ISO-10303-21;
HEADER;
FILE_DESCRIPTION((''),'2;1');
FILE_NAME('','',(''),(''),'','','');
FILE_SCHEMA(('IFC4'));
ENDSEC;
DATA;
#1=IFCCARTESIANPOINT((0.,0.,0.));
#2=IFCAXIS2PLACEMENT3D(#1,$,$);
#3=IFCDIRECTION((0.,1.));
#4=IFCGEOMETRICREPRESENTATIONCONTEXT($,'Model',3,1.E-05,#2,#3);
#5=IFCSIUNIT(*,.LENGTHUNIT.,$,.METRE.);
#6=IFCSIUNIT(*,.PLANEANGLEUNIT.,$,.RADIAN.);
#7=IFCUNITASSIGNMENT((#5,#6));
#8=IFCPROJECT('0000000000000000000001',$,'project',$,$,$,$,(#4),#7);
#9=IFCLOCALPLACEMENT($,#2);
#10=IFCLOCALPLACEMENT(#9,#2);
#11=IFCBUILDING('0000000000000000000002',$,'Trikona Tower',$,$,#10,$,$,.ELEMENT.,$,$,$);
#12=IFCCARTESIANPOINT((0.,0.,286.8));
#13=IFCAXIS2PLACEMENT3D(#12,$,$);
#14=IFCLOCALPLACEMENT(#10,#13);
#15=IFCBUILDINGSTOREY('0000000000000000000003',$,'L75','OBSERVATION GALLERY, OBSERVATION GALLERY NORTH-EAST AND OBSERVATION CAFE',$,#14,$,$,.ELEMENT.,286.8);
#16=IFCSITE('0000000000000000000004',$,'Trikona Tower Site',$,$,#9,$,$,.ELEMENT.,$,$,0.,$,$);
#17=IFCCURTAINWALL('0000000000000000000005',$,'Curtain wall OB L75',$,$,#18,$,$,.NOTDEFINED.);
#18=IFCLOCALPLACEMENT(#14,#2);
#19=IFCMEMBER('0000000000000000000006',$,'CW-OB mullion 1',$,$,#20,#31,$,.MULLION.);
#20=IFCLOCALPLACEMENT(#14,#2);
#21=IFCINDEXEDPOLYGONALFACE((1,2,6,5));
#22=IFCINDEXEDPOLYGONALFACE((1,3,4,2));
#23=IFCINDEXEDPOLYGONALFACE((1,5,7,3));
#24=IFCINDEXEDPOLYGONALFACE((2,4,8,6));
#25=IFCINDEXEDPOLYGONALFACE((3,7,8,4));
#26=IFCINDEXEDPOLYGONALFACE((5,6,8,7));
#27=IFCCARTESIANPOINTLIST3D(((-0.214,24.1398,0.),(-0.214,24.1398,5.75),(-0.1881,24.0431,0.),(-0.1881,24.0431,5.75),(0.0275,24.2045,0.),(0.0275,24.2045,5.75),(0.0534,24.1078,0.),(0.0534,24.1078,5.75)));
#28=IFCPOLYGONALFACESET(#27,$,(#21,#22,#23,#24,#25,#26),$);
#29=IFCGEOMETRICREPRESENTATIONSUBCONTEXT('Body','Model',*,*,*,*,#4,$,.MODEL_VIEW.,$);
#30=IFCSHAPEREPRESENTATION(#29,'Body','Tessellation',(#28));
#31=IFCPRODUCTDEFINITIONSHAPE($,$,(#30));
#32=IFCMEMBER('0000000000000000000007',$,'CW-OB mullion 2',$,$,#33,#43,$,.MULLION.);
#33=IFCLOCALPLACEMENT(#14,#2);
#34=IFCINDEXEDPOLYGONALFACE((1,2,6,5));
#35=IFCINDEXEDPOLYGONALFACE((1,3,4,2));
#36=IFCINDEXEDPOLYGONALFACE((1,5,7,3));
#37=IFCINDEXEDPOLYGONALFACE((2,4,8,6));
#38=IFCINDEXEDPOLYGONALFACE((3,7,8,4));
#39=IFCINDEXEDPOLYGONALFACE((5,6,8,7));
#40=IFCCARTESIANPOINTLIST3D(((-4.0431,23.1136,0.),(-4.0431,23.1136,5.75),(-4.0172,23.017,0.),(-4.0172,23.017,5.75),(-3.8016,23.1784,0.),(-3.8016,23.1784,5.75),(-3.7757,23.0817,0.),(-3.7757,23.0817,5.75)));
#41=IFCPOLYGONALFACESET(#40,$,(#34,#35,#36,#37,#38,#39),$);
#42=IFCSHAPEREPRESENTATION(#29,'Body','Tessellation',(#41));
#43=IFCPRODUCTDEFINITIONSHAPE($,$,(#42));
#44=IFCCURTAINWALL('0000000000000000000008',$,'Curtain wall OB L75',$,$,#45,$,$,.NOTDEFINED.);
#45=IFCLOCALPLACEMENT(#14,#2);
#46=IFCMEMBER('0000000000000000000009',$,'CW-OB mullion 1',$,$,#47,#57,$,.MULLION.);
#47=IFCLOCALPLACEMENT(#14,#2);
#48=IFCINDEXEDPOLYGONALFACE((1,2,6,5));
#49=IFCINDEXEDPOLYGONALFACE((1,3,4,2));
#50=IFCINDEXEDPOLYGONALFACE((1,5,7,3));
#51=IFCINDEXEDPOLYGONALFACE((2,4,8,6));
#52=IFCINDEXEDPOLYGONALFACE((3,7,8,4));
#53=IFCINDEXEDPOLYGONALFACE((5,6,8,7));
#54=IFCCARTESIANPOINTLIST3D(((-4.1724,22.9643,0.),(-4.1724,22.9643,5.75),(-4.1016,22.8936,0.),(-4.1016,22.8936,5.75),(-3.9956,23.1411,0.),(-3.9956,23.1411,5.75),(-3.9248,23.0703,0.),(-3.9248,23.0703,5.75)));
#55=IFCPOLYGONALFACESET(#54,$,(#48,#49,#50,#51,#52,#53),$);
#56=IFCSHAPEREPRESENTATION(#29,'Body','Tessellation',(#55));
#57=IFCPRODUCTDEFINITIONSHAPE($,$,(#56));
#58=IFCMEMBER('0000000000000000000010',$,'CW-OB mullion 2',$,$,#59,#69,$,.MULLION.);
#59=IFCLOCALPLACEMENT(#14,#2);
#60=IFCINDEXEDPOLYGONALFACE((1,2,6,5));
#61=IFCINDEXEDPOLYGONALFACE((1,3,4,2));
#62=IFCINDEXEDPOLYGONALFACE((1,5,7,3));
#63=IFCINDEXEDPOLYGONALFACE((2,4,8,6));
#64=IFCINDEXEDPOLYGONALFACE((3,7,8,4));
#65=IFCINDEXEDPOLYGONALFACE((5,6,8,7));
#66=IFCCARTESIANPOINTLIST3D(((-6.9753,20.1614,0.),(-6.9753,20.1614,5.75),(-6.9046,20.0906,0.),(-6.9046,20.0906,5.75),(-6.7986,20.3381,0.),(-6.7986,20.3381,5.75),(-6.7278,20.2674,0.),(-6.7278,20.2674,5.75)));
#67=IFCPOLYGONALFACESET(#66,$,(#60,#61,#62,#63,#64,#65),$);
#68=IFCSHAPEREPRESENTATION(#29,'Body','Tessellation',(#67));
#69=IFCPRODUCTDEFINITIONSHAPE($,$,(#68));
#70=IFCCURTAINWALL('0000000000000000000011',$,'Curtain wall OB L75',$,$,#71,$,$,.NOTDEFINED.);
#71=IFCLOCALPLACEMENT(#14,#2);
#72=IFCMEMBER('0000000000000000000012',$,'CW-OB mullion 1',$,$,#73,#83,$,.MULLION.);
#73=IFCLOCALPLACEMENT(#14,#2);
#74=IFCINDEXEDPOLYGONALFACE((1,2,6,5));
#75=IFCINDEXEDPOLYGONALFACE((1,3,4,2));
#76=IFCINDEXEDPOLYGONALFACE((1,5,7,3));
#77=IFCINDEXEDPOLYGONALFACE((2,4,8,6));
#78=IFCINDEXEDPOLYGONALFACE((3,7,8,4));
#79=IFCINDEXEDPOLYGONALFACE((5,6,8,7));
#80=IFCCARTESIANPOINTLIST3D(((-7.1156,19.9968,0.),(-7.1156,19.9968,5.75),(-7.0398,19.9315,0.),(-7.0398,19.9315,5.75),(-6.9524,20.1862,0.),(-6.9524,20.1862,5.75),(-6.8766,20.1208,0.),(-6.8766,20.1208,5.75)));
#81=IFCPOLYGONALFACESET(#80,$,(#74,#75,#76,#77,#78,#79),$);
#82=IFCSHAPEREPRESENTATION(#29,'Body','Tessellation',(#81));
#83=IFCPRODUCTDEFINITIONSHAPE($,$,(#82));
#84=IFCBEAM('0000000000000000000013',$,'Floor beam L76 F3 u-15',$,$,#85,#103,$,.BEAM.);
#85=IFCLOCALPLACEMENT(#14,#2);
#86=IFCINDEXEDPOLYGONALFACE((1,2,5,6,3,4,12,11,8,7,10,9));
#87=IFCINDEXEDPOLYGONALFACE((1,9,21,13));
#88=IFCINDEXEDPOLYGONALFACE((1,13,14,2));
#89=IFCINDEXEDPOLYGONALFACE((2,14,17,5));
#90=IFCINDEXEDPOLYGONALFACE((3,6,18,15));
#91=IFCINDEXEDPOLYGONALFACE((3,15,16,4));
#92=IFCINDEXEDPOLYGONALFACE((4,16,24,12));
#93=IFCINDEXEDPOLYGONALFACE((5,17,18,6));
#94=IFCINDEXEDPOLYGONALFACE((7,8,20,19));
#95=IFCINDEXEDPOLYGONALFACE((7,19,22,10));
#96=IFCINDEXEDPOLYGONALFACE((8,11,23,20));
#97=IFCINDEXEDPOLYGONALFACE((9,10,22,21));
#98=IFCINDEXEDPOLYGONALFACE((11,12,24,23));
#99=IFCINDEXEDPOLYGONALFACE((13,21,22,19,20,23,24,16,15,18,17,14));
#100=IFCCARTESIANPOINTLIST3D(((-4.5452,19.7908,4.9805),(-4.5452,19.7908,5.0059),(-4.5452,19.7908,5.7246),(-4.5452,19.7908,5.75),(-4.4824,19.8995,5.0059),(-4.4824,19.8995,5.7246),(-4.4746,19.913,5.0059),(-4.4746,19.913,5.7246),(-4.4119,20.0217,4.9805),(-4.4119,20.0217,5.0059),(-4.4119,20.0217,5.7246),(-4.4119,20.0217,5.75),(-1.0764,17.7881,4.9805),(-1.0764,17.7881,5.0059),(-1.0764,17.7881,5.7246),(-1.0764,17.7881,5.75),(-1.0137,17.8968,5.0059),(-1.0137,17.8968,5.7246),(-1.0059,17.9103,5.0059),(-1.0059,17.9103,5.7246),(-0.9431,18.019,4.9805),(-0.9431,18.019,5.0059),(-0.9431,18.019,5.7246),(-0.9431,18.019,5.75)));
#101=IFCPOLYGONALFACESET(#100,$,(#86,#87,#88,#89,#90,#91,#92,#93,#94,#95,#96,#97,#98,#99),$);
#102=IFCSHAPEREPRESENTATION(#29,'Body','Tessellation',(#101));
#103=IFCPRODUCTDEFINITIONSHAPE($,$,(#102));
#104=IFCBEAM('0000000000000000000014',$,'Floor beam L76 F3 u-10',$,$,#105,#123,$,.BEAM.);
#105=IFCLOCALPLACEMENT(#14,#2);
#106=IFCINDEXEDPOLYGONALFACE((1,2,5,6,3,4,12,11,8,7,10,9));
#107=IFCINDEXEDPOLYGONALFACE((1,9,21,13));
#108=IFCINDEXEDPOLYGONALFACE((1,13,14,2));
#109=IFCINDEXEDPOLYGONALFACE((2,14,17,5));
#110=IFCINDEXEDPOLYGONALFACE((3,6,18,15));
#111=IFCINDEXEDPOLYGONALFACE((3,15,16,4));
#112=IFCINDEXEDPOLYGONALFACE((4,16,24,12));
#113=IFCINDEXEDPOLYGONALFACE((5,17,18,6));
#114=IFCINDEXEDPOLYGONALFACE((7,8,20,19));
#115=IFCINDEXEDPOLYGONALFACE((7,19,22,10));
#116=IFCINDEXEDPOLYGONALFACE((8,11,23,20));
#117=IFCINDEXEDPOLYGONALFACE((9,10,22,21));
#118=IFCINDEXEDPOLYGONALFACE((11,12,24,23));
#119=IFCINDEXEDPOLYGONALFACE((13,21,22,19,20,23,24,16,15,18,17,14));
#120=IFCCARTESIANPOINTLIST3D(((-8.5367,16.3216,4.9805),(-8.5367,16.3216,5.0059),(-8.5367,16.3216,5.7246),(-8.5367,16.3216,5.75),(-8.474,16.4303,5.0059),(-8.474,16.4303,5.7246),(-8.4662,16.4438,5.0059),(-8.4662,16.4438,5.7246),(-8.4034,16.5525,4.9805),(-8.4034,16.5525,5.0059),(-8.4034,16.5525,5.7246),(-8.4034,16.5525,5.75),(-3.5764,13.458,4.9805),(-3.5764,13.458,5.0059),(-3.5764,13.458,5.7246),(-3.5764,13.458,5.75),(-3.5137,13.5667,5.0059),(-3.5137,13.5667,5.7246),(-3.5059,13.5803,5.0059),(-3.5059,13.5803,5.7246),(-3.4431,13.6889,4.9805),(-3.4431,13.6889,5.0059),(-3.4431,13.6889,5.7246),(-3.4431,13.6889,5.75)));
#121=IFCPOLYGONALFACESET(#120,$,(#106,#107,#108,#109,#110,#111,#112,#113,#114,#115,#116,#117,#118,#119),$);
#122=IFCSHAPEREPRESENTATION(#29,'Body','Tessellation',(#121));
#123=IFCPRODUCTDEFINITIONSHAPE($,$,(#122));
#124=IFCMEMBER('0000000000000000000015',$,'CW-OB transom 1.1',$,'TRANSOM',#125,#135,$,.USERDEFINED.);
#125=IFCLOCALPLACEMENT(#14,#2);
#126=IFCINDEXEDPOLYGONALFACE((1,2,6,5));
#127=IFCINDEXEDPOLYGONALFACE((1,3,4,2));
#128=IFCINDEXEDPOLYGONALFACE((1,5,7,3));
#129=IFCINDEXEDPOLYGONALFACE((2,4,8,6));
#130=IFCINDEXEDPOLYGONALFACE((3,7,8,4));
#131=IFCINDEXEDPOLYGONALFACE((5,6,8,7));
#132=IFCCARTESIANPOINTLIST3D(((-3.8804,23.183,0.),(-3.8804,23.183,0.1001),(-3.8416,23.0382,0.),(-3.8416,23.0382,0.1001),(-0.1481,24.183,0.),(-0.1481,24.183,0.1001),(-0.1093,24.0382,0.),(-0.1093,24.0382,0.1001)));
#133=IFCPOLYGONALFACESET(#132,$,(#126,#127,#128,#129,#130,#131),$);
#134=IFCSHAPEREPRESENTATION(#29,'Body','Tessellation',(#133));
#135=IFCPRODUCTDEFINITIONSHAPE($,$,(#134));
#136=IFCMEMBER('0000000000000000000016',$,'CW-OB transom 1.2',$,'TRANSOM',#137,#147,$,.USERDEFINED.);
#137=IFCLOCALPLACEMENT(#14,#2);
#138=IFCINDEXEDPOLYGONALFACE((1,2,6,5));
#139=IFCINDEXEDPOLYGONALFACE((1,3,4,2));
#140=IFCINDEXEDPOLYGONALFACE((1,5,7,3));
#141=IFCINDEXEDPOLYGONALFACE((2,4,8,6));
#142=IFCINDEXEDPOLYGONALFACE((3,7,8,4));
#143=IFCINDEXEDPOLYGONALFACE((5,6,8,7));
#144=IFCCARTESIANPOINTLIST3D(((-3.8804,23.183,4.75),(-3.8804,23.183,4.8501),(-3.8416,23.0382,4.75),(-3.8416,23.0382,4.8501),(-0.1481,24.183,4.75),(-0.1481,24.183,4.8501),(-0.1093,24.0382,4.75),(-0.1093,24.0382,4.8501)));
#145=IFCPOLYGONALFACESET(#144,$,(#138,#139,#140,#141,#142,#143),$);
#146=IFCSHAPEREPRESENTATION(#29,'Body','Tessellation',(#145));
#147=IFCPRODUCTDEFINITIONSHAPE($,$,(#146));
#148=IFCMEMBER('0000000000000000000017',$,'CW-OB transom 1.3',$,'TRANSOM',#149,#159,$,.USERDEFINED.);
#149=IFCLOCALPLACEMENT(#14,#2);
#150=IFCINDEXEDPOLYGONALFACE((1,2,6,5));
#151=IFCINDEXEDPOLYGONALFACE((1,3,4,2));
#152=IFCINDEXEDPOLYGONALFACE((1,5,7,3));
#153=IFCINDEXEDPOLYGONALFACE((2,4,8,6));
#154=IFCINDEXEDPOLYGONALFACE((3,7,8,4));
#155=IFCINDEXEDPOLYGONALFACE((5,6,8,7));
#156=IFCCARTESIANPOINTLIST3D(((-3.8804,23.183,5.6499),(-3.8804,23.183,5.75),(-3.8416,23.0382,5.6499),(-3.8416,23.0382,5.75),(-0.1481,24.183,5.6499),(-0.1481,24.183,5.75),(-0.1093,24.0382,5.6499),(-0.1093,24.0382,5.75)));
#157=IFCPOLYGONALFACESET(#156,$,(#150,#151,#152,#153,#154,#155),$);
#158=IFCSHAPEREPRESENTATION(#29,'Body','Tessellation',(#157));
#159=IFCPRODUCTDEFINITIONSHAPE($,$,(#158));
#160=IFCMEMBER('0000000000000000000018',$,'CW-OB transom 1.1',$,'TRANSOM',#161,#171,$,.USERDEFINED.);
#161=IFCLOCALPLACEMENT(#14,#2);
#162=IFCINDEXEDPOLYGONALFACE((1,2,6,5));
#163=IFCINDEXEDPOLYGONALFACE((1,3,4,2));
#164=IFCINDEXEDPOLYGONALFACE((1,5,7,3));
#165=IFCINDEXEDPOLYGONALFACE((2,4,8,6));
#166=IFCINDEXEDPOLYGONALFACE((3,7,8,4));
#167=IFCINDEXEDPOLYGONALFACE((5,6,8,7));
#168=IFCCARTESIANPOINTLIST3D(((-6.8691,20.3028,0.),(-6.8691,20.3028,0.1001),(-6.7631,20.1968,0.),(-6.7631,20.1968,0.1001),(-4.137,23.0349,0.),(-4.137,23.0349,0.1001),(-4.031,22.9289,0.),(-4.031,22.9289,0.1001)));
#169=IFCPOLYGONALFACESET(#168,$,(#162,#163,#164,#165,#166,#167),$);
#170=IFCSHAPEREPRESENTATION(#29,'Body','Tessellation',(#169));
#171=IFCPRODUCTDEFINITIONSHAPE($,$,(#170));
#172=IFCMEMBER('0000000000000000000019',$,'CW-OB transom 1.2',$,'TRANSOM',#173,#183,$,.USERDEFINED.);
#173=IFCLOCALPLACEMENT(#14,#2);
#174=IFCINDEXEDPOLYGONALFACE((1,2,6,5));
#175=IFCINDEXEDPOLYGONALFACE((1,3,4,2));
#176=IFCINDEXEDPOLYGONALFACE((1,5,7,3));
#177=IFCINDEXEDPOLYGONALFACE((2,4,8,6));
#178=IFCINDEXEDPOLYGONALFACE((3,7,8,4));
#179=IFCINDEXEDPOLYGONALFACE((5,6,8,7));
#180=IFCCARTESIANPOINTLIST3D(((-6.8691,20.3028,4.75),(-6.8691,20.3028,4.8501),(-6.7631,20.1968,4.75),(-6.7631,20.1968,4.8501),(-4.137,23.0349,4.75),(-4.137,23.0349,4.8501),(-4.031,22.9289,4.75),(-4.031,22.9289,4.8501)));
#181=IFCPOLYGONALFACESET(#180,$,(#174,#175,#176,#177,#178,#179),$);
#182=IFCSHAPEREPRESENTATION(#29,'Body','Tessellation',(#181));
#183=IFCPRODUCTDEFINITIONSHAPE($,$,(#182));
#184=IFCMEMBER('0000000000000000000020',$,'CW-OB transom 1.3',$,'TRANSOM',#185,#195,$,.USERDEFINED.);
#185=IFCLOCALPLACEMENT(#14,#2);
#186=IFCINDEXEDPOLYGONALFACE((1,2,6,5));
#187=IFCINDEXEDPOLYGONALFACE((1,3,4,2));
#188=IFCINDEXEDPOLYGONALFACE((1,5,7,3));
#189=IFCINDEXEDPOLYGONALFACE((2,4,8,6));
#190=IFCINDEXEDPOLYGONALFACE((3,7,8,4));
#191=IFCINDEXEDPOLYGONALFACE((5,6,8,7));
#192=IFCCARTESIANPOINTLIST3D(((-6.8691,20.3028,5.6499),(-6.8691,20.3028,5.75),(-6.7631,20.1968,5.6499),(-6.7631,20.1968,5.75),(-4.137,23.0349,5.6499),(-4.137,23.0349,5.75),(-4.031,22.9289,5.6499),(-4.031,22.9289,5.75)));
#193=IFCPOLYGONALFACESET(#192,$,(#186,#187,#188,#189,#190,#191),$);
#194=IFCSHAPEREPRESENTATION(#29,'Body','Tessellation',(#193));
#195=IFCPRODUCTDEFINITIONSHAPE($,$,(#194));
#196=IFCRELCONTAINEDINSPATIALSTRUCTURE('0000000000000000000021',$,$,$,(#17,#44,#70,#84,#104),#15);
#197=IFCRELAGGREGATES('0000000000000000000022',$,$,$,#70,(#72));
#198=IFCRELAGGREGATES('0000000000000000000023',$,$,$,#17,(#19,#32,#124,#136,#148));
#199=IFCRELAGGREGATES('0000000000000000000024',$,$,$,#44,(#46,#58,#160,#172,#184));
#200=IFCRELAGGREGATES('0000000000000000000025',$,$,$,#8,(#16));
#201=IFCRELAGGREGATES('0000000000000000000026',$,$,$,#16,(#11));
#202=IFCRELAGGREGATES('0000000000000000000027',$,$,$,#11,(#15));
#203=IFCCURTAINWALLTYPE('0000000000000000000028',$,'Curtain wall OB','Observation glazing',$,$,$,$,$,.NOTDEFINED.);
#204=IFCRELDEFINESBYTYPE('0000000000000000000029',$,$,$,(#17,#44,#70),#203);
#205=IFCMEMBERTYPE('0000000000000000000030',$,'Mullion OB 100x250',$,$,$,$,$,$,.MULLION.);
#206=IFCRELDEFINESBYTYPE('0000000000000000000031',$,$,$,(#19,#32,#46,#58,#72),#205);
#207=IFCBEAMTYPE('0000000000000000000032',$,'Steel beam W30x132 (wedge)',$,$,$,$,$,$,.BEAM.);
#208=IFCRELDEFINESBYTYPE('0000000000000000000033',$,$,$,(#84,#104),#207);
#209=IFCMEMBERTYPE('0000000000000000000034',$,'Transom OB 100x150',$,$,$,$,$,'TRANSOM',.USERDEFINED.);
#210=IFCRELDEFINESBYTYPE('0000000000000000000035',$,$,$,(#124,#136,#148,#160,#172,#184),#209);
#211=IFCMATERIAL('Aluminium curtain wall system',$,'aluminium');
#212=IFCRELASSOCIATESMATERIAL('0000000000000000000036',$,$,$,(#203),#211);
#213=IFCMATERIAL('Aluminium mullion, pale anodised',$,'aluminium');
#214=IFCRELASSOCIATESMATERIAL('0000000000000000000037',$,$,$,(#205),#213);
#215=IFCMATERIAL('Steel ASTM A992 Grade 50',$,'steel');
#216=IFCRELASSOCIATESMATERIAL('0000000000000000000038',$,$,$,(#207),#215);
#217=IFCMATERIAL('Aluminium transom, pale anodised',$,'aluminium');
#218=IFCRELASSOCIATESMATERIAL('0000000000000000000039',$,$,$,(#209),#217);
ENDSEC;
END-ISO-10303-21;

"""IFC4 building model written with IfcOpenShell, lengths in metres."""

from ifc_helpers import new_model, si_unit, direction, frame, origin, origin_2d, place, context, subcontext, project, spatial, rectangle, i_section, extrude, material, material_profile, profile_set, type_object, element, aggregate, save


model = new_model("IFC4")

# Units and contexts
model_context = context("Model", 3, precision=1e-05, world=origin(), true_north=direction((0.0, 1.0)))
body_context = subcontext(model_context, "Body", "Model", "MODEL_VIEW")
ifc_project = project(units=[si_unit("LENGTHUNIT", "METRE"), si_unit("PLANEANGLEUNIT", "RADIAN")], contexts=[model_context])

# Site, building, storey
site_placement = place(None, origin())
site = spatial("IfcSite", under=ifc_project, at=site_placement, Name="Trikona Tower Site", CompositionType="ELEMENT", RefElevation=0.0)
building_placement = place(site_placement, origin())
building = spatial("IfcBuilding", under=site, at=building_placement, Name="Trikona Tower", CompositionType="ELEMENT")
storey_placement = place(building_placement, frame((0.0, 0.0, 286.8)))
storey = spatial("IfcBuildingStorey", under=building, at=storey_placement, Name="L75", Description="OBSERVATION GALLERY, OBSERVATION GALLERY NORTH-EAST AND OBSERVATION CAFE", CompositionType="ELEMENT", Elevation=286.8)

# Curtain walls, members
ifc_material_1 = material(Name="Aluminium curtain wall system", Category="aluminium")
curtain_wall_type = type_object("IfcCurtainWallType", Name="Curtain wall OB", Description="Observation glazing", PredefinedType="NOTDEFINED", material=ifc_material_1)
curtain_wall_1_placement = place(storey_placement, origin())
curtain_wall_1 = element("IfcCurtainWall", 1, at=curtain_wall_1_placement, inside=storey, type_object=curtain_wall_type, Name="Curtain wall OB L75", PredefinedType="NOTDEFINED")
ifc_material_2 = material(Name="Aluminium mullion, pale anodised", Category="aluminium")
ifc_material_profile_1 = material_profile(ifc_material_2, rectangle(XDim=0.1001, YDim=0.25, at=origin_2d()), Name="MUL-OB")
ifc_profile_set_1 = profile_set([ifc_material_profile_1], Name="Aluminium mullion, pale anodised")
member_type_1 = type_object("IfcMemberType", Name="Mullion OB 100x250", PredefinedType="MULLION", material=ifc_profile_set_1)
member_1_placement = place(storey_placement, frame((-0.0803, 24.1238, 0.0), z_axis=(0.0, 0.0, 1.0), x_axis=(0.258828, -0.965923, 0.0)))
member_1 = element("IfcMember", 2, at=member_1_placement, type_object=member_type_1, Name="CW-OB mullion 1", PredefinedType="MULLION", context=body_context, shape_type="SweptSolid", body=[
    extrude(rectangle(XDim=0.1001, YDim=0.25, at=origin_2d()), origin(), (0.0, 0.0, 1.0), 5.75),
])
member_2_placement = place(storey_placement, frame((-3.9094, 23.0977, 0.0), z_axis=(0.0, 0.0, 1.0), x_axis=(0.258828, -0.965923, 0.0)))
member_2 = element("IfcMember", 3, at=member_2_placement, type_object=member_type_1, Name="CW-OB mullion 2", PredefinedType="MULLION", context=body_context, shape_type="SweptSolid", body=[
    extrude(rectangle(XDim=0.1001, YDim=0.25, at=origin_2d()), origin(), (0.0, 0.0, 1.0), 5.75),
])
curtain_wall_2_placement = place(storey_placement, origin())
curtain_wall_2 = element("IfcCurtainWall", 4, at=curtain_wall_2_placement, inside=storey, type_object=curtain_wall_type, Name="Curtain wall OB L75", PredefinedType="NOTDEFINED")
member_3_placement = place(storey_placement, frame((-4.0486, 23.0173, 0.0), z_axis=(0.0, 0.0, 1.0), x_axis=(0.707107, -0.707107, 0.0)))
member_3 = element("IfcMember", 5, at=member_3_placement, type_object=member_type_1, Name="CW-OB mullion 1", PredefinedType="MULLION", context=body_context, shape_type="SweptSolid", body=[
    extrude(rectangle(XDim=0.1001, YDim=0.25, at=origin_2d()), origin(), (0.0, 0.0, 1.0), 5.75),
])
member_4_placement = place(storey_placement, frame((-6.8516, 20.2144, 0.0), z_axis=(0.0, 0.0, 1.0), x_axis=(0.707107, -0.707107, 0.0)))
member_4 = element("IfcMember", 6, at=member_4_placement, type_object=member_type_1, Name="CW-OB mullion 2", PredefinedType="MULLION", context=body_context, shape_type="SweptSolid", body=[
    extrude(rectangle(XDim=0.1001, YDim=0.25, at=origin_2d()), origin(), (0.0, 0.0, 1.0), 5.75),
])

# Curtain wall, member
curtain_wall_3_placement = place(storey_placement, origin())
curtain_wall_3 = element("IfcCurtainWall", 7, at=curtain_wall_3_placement, inside=storey, type_object=curtain_wall_type, Name="Curtain wall OB L75", PredefinedType="NOTDEFINED")
member_5_placement = place(storey_placement, frame((-6.9961, 20.0588, 0.0), z_axis=(0.0, 0.0, 1.0), x_axis=(0.757475, -0.652864, 0.0)))
member_5 = element("IfcMember", 8, at=member_5_placement, type_object=member_type_1, Name="CW-OB mullion 1", PredefinedType="MULLION", context=body_context, shape_type="SweptSolid", body=[
    extrude(rectangle(XDim=0.1001, YDim=0.25, at=origin_2d()), origin(), (0.0, 0.0, 1.0), 5.75),
])

# Beams
ifc_material_3 = material(Name="Steel ASTM A992 Grade 50", Category="steel")
ifc_material_profile_2 = material_profile(ifc_material_3, i_section(OverallWidth=0.2666, OverallDepth=0.7695, WebThickness=0.0156, FlangeThickness=0.0254, at=origin_2d()), Name="W30X132")
ifc_profile_set_2 = profile_set([ifc_material_profile_2], Name="Steel ASTM A992 Grade 50")
beam_type = type_object("IfcBeamType", Name="Steel beam W30x132 (wedge)", PredefinedType="BEAM", material=ifc_profile_set_2)
beam_1_placement = place(storey_placement, frame((-1.0098, 17.9036, 5.3652), z_axis=(-0.866025, 0.5, 0.0), x_axis=(-0.5, -0.866025, 0.0)))
element("IfcBeam", 9, at=beam_1_placement, inside=storey, type_object=beam_type, Name="Floor beam L76 F3 u-15", PredefinedType="BEAM", context=body_context, shape_type="SweptSolid", body=[
    extrude(i_section(OverallWidth=0.2666, OverallDepth=0.7695, WebThickness=0.0156, FlangeThickness=0.0254, at=origin_2d()), origin(), (0.0, 0.0, 1.0), 4.0054),
])
beam_2_placement = place(storey_placement, frame((-3.5098, 13.5735, 5.3652), z_axis=(-0.866044, 0.499967, 0.0), x_axis=(-0.499967, -0.866044, 0.0)))
element("IfcBeam", 10, at=beam_2_placement, inside=storey, type_object=beam_type, Name="Floor beam L76 F3 u-10", PredefinedType="BEAM", context=body_context, shape_type="SweptSolid", body=[
    extrude(i_section(OverallWidth=0.2666, OverallDepth=0.7695, WebThickness=0.0156, FlangeThickness=0.0254, at=origin_2d()), origin(), (0.0, 0.0, 1.0), 5.7275),
])

# Members
ifc_material_4 = material(Name="Aluminium transom, pale anodised", Category="aluminium")
ifc_material_profile_3 = material_profile(ifc_material_4, rectangle(XDim=0.1499, YDim=0.1001, at=origin_2d()), Name="TRN-OB")
ifc_profile_set_3 = profile_set([ifc_material_profile_3], Name="Aluminium transom, pale anodised")
member_type_2 = type_object("IfcMemberType", Name="Transom OB 100x150", ElementType="TRANSOM", PredefinedType="USERDEFINED", material=ifc_profile_set_3)
member_6_placement = place(storey_placement, frame((-0.1287, 24.1106, 0.05), z_axis=(-0.965932, -0.258795, 0.0), x_axis=(0.258795, -0.965932, 0.0)))
member_6 = element("IfcMember", 11, at=member_6_placement, type_object=member_type_2, Name="CW-OB transom 1.1", ObjectType="TRANSOM", PredefinedType="USERDEFINED", context=body_context, shape_type="SweptSolid", body=[
    extrude(rectangle(XDim=0.1499, YDim=0.1001, at=origin_2d()), origin(), (0.0, 0.0, 1.0), 3.864),
])
member_7_placement = place(storey_placement, frame((-0.1287, 24.1106, 4.8), z_axis=(-0.965932, -0.258795, 0.0), x_axis=(0.258795, -0.965932, 0.0)))
member_7 = element("IfcMember", 12, at=member_7_placement, type_object=member_type_2, Name="CW-OB transom 1.2", ObjectType="TRANSOM", PredefinedType="USERDEFINED", context=body_context, shape_type="SweptSolid", body=[
    extrude(rectangle(XDim=0.1499, YDim=0.1001, at=origin_2d()), origin(), (0.0, 0.0, 1.0), 3.864),
])
member_8_placement = place(storey_placement, frame((-0.1287, 24.1106, 5.7), z_axis=(-0.965932, -0.258795, 0.0), x_axis=(0.258795, -0.965932, 0.0)))
member_8 = element("IfcMember", 13, at=member_8_placement, type_object=member_type_2, Name="CW-OB transom 1.3", ObjectType="TRANSOM", PredefinedType="USERDEFINED", context=body_context, shape_type="SweptSolid", body=[
    extrude(rectangle(XDim=0.1499, YDim=0.1001, at=origin_2d()), origin(), (0.0, 0.0, 1.0), 3.864),
])
member_9_placement = place(storey_placement, frame((-4.084, 22.9819, 0.05), z_axis=(-0.707107, -0.707107, 0.0), x_axis=(0.707107, -0.707107, 0.0)))
member_9 = element("IfcMember", 14, at=member_9_placement, type_object=member_type_2, Name="CW-OB transom 1.1", ObjectType="TRANSOM", PredefinedType="USERDEFINED", context=body_context, shape_type="SweptSolid", body=[
    extrude(rectangle(XDim=0.1499, YDim=0.1001, at=origin_2d()), origin(), (0.0, 0.0, 1.0), 3.8638),
])
member_10_placement = place(storey_placement, frame((-4.084, 22.9819, 4.8), z_axis=(-0.707107, -0.707107, 0.0), x_axis=(0.707107, -0.707107, 0.0)))
member_10 = element("IfcMember", 15, at=member_10_placement, type_object=member_type_2, Name="CW-OB transom 1.2", ObjectType="TRANSOM", PredefinedType="USERDEFINED", context=body_context, shape_type="SweptSolid", body=[
    extrude(rectangle(XDim=0.1499, YDim=0.1001, at=origin_2d()), origin(), (0.0, 0.0, 1.0), 3.8638),
])
member_11_placement = place(storey_placement, frame((-4.084, 22.9819, 5.7), z_axis=(-0.707107, -0.707107, 0.0), x_axis=(0.707107, -0.707107, 0.0)))
member_11 = element("IfcMember", 16, at=member_11_placement, type_object=member_type_2, Name="CW-OB transom 1.3", ObjectType="TRANSOM", PredefinedType="USERDEFINED", context=body_context, shape_type="SweptSolid", body=[
    extrude(rectangle(XDim=0.1499, YDim=0.1001, at=origin_2d()), origin(), (0.0, 0.0, 1.0), 3.8638),
])
aggregate(curtain_wall_3, [member_5])

aggregate(curtain_wall_1, [member_1, member_2, member_6, member_7, member_8])
aggregate(curtain_wall_2, [member_3, member_4, member_9, member_10, member_11])

save(model, "model.ifc")
